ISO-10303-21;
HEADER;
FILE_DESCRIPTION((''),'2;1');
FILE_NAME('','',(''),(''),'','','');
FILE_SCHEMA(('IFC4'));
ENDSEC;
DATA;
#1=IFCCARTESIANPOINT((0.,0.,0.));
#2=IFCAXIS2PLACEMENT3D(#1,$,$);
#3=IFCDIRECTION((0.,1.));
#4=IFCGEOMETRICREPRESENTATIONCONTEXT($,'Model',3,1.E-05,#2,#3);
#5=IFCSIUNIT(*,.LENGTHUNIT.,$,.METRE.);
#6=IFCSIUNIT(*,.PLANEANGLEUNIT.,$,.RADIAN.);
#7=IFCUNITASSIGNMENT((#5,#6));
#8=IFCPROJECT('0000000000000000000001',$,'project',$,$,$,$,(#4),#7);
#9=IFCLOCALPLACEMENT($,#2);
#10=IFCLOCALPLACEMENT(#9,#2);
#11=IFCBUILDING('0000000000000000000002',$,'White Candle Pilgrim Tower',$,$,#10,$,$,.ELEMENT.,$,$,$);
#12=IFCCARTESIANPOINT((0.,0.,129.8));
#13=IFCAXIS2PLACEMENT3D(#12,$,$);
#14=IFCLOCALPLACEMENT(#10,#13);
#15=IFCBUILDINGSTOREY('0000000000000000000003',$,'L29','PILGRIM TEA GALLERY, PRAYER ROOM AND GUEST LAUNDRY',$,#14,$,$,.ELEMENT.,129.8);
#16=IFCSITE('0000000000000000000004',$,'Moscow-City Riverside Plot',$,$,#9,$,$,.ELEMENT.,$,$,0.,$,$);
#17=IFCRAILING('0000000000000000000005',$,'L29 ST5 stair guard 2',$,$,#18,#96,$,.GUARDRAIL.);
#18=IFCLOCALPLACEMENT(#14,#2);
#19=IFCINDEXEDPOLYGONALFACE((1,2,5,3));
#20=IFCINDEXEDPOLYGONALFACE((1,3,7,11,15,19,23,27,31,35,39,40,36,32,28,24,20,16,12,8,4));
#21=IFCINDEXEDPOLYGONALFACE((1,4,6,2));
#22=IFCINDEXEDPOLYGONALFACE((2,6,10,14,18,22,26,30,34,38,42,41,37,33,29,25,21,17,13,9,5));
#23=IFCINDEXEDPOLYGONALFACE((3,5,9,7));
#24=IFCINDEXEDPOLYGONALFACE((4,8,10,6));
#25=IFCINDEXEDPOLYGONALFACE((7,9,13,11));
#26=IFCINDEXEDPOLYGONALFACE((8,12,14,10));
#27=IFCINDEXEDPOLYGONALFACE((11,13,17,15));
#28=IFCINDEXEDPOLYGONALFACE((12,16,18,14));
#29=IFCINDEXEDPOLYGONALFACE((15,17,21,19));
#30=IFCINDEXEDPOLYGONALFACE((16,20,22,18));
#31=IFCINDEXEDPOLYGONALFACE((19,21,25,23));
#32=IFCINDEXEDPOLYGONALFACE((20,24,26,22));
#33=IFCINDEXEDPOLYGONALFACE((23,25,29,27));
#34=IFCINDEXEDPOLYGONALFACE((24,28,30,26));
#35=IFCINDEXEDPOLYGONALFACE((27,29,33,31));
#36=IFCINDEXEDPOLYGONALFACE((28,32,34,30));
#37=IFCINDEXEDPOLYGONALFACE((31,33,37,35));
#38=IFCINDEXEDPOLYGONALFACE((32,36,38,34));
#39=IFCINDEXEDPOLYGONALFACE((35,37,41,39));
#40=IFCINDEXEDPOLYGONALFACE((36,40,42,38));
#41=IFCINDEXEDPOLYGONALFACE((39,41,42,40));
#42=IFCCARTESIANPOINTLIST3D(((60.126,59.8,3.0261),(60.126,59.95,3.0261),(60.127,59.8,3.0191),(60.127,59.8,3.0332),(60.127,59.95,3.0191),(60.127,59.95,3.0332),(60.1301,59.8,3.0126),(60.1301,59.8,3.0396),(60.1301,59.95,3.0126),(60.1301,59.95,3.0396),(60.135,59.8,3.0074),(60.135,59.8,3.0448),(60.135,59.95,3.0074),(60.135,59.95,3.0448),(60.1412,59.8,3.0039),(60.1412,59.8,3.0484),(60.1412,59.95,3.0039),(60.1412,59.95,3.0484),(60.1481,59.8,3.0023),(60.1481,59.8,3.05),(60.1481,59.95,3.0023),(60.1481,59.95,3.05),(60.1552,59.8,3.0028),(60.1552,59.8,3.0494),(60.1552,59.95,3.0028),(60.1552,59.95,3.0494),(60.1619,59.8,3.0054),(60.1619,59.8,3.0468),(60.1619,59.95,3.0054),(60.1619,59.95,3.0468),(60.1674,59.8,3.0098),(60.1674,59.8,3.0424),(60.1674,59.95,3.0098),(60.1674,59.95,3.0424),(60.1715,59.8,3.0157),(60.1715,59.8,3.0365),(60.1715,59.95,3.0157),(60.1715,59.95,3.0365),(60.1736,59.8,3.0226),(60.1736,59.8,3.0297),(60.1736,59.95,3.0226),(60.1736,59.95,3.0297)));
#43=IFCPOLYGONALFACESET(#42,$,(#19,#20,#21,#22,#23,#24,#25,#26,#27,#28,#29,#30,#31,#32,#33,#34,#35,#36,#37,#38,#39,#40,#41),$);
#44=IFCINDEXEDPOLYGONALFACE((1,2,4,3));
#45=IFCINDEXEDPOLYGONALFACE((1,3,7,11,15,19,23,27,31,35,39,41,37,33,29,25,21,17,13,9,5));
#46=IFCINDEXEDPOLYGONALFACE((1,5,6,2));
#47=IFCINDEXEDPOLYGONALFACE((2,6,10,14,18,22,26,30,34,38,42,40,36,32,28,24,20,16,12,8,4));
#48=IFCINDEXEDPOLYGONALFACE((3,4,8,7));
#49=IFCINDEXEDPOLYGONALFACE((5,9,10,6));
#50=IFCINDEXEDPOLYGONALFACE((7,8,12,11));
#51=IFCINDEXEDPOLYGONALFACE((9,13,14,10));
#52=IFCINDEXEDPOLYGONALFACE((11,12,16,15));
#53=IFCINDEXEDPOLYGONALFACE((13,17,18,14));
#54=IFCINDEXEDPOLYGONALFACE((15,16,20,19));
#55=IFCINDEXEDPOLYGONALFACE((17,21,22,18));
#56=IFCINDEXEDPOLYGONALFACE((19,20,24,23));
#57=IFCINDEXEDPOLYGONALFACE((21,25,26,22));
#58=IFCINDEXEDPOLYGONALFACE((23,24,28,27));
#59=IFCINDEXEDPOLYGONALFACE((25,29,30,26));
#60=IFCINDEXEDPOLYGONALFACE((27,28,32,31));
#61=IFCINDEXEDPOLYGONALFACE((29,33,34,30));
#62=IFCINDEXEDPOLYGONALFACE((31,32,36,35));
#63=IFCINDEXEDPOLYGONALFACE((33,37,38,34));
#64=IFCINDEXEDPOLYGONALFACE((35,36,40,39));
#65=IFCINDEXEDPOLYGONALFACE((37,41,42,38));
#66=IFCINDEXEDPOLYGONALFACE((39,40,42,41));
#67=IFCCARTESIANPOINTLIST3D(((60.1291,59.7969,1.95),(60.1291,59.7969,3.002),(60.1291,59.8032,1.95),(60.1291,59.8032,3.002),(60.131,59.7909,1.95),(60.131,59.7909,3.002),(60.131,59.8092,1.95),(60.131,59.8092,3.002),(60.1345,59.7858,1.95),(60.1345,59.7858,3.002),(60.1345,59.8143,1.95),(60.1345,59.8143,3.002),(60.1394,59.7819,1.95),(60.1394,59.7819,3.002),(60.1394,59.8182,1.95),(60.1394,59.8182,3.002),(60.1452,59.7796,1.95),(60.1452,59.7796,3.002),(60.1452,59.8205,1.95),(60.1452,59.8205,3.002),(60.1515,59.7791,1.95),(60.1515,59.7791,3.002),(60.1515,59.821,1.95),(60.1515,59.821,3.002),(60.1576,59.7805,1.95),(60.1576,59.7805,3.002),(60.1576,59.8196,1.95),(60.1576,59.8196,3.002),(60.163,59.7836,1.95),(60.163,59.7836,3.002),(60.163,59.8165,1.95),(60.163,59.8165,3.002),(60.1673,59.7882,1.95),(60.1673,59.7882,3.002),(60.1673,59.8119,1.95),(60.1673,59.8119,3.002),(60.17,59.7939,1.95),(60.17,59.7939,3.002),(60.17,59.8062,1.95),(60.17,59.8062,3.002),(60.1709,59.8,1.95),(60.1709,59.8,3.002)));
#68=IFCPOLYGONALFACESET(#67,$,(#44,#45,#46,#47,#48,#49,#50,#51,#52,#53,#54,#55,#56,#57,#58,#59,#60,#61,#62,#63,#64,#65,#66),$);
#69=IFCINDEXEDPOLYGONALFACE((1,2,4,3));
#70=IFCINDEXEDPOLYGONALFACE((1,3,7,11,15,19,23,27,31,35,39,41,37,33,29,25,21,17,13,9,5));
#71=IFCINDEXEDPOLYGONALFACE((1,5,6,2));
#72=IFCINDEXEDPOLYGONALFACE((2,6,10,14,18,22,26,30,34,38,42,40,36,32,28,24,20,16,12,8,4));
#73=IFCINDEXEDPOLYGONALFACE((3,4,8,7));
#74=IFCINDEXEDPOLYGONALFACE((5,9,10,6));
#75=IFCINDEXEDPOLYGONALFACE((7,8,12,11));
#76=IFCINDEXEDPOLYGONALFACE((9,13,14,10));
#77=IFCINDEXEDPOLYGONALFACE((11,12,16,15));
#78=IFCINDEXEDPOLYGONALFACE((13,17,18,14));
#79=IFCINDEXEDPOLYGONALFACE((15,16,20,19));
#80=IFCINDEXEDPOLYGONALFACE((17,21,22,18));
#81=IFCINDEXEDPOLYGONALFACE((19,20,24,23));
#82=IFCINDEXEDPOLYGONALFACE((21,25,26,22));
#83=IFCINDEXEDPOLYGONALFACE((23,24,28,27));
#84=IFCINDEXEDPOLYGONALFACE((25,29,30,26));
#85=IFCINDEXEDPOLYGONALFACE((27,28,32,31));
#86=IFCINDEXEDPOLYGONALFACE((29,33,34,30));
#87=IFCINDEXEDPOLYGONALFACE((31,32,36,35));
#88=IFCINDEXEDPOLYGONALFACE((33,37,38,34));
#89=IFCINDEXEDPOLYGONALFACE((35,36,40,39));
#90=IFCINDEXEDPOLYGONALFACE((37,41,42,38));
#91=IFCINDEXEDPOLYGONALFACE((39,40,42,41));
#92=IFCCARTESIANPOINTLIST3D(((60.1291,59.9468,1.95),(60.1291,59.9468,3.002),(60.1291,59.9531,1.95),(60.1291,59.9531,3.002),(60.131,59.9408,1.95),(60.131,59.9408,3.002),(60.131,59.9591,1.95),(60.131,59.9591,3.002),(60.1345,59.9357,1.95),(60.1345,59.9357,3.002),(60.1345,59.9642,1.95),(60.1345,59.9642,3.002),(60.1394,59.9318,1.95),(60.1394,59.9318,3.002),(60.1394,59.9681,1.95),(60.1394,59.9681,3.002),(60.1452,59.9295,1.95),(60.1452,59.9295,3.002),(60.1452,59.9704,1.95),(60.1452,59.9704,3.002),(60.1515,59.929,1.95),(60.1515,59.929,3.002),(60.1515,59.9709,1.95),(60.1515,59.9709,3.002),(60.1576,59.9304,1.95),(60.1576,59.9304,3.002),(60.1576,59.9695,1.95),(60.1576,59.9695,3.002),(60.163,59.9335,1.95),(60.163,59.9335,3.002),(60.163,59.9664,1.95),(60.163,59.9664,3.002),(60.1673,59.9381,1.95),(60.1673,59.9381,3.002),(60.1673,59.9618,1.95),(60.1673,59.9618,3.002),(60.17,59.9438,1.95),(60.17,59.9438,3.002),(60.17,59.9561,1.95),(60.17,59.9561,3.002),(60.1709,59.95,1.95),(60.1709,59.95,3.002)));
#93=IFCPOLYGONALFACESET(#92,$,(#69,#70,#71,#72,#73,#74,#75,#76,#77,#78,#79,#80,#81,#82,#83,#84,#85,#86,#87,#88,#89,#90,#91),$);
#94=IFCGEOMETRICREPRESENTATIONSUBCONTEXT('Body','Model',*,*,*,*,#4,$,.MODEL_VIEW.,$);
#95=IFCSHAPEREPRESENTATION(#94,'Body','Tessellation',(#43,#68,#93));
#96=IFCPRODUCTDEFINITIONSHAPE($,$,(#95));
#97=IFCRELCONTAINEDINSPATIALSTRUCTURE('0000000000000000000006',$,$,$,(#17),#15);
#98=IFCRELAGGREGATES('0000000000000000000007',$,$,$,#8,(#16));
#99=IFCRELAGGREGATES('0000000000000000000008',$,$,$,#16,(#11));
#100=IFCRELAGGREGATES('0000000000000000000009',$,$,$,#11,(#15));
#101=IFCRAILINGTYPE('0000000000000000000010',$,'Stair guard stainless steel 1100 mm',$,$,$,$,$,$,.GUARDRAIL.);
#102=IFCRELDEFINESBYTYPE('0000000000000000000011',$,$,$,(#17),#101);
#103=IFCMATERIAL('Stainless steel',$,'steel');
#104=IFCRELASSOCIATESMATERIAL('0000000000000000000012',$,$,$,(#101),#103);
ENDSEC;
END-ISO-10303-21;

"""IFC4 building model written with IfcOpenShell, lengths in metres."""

from ifc_helpers import new_model, si_unit, direction, frame, origin, origin_2d, place, context, subcontext, project, spatial, circle, extrude, material, type_object, element, save


model = new_model("IFC4")

# Units and contexts
model_context = context("Model", 3, precision=1e-05, world=origin(), true_north=direction((0.0, 1.0)))
body_context = subcontext(model_context, "Body", "Model", "MODEL_VIEW")
ifc_project = project(units=[si_unit("LENGTHUNIT", "METRE"), si_unit("PLANEANGLEUNIT", "RADIAN")], contexts=[model_context])

# Site, building, storey
site_placement = place(None, origin())
site = spatial("IfcSite", under=ifc_project, at=site_placement, Name="Moscow-City Riverside Plot", CompositionType="ELEMENT", RefElevation=0.0)
building_placement = place(site_placement, origin())
building = spatial("IfcBuilding", under=site, at=building_placement, Name="White Candle Pilgrim Tower", CompositionType="ELEMENT")
storey_placement = place(building_placement, frame((0.0, 0.0, 129.8)))
storey = spatial("IfcBuildingStorey", under=building, at=storey_placement, Name="L29", Description="PILGRIM TEA GALLERY, PRAYER ROOM AND GUEST LAUNDRY", CompositionType="ELEMENT", Elevation=129.8)

# Railing
ifc_material_1 = material(Name="Stainless steel", Category="steel")
railing_type_1 = type_object("IfcRailingType", Name="Stair guard stainless steel 1100 mm", PredefinedType="GUARDRAIL", material=ifc_material_1)
railing_1_placement = place(storey_placement, frame((60.1499, 59.8, 1.95)))
element("IfcRailing", 1, at=railing_1_placement, inside=storey, type_object=railing_type_1, Name="L29 ST5 stair guard 2", PredefinedType="GUARDRAIL", context=body_context, shape_type="SweptSolid", body=[
    extrude(circle(Radius=0.0239, at=origin_2d()), frame((0.0, 0.0, 1.0762), z_axis=(0.0, 1.0, 0.0), x_axis=(-1.0, 0.0, 0.0)), (0.0, 0.0, 1.0), 0.1499),
    extrude(circle(Radius=0.021, at=origin_2d()), origin(), (0.0, 0.0, 1.0), 1.052),
    extrude(circle(Radius=0.021, at=origin_2d()), frame((0.0, 0.1499, 0.0)), (0.0, 0.0, 1.0), 1.052),
])

save(model, "model.ifc")
